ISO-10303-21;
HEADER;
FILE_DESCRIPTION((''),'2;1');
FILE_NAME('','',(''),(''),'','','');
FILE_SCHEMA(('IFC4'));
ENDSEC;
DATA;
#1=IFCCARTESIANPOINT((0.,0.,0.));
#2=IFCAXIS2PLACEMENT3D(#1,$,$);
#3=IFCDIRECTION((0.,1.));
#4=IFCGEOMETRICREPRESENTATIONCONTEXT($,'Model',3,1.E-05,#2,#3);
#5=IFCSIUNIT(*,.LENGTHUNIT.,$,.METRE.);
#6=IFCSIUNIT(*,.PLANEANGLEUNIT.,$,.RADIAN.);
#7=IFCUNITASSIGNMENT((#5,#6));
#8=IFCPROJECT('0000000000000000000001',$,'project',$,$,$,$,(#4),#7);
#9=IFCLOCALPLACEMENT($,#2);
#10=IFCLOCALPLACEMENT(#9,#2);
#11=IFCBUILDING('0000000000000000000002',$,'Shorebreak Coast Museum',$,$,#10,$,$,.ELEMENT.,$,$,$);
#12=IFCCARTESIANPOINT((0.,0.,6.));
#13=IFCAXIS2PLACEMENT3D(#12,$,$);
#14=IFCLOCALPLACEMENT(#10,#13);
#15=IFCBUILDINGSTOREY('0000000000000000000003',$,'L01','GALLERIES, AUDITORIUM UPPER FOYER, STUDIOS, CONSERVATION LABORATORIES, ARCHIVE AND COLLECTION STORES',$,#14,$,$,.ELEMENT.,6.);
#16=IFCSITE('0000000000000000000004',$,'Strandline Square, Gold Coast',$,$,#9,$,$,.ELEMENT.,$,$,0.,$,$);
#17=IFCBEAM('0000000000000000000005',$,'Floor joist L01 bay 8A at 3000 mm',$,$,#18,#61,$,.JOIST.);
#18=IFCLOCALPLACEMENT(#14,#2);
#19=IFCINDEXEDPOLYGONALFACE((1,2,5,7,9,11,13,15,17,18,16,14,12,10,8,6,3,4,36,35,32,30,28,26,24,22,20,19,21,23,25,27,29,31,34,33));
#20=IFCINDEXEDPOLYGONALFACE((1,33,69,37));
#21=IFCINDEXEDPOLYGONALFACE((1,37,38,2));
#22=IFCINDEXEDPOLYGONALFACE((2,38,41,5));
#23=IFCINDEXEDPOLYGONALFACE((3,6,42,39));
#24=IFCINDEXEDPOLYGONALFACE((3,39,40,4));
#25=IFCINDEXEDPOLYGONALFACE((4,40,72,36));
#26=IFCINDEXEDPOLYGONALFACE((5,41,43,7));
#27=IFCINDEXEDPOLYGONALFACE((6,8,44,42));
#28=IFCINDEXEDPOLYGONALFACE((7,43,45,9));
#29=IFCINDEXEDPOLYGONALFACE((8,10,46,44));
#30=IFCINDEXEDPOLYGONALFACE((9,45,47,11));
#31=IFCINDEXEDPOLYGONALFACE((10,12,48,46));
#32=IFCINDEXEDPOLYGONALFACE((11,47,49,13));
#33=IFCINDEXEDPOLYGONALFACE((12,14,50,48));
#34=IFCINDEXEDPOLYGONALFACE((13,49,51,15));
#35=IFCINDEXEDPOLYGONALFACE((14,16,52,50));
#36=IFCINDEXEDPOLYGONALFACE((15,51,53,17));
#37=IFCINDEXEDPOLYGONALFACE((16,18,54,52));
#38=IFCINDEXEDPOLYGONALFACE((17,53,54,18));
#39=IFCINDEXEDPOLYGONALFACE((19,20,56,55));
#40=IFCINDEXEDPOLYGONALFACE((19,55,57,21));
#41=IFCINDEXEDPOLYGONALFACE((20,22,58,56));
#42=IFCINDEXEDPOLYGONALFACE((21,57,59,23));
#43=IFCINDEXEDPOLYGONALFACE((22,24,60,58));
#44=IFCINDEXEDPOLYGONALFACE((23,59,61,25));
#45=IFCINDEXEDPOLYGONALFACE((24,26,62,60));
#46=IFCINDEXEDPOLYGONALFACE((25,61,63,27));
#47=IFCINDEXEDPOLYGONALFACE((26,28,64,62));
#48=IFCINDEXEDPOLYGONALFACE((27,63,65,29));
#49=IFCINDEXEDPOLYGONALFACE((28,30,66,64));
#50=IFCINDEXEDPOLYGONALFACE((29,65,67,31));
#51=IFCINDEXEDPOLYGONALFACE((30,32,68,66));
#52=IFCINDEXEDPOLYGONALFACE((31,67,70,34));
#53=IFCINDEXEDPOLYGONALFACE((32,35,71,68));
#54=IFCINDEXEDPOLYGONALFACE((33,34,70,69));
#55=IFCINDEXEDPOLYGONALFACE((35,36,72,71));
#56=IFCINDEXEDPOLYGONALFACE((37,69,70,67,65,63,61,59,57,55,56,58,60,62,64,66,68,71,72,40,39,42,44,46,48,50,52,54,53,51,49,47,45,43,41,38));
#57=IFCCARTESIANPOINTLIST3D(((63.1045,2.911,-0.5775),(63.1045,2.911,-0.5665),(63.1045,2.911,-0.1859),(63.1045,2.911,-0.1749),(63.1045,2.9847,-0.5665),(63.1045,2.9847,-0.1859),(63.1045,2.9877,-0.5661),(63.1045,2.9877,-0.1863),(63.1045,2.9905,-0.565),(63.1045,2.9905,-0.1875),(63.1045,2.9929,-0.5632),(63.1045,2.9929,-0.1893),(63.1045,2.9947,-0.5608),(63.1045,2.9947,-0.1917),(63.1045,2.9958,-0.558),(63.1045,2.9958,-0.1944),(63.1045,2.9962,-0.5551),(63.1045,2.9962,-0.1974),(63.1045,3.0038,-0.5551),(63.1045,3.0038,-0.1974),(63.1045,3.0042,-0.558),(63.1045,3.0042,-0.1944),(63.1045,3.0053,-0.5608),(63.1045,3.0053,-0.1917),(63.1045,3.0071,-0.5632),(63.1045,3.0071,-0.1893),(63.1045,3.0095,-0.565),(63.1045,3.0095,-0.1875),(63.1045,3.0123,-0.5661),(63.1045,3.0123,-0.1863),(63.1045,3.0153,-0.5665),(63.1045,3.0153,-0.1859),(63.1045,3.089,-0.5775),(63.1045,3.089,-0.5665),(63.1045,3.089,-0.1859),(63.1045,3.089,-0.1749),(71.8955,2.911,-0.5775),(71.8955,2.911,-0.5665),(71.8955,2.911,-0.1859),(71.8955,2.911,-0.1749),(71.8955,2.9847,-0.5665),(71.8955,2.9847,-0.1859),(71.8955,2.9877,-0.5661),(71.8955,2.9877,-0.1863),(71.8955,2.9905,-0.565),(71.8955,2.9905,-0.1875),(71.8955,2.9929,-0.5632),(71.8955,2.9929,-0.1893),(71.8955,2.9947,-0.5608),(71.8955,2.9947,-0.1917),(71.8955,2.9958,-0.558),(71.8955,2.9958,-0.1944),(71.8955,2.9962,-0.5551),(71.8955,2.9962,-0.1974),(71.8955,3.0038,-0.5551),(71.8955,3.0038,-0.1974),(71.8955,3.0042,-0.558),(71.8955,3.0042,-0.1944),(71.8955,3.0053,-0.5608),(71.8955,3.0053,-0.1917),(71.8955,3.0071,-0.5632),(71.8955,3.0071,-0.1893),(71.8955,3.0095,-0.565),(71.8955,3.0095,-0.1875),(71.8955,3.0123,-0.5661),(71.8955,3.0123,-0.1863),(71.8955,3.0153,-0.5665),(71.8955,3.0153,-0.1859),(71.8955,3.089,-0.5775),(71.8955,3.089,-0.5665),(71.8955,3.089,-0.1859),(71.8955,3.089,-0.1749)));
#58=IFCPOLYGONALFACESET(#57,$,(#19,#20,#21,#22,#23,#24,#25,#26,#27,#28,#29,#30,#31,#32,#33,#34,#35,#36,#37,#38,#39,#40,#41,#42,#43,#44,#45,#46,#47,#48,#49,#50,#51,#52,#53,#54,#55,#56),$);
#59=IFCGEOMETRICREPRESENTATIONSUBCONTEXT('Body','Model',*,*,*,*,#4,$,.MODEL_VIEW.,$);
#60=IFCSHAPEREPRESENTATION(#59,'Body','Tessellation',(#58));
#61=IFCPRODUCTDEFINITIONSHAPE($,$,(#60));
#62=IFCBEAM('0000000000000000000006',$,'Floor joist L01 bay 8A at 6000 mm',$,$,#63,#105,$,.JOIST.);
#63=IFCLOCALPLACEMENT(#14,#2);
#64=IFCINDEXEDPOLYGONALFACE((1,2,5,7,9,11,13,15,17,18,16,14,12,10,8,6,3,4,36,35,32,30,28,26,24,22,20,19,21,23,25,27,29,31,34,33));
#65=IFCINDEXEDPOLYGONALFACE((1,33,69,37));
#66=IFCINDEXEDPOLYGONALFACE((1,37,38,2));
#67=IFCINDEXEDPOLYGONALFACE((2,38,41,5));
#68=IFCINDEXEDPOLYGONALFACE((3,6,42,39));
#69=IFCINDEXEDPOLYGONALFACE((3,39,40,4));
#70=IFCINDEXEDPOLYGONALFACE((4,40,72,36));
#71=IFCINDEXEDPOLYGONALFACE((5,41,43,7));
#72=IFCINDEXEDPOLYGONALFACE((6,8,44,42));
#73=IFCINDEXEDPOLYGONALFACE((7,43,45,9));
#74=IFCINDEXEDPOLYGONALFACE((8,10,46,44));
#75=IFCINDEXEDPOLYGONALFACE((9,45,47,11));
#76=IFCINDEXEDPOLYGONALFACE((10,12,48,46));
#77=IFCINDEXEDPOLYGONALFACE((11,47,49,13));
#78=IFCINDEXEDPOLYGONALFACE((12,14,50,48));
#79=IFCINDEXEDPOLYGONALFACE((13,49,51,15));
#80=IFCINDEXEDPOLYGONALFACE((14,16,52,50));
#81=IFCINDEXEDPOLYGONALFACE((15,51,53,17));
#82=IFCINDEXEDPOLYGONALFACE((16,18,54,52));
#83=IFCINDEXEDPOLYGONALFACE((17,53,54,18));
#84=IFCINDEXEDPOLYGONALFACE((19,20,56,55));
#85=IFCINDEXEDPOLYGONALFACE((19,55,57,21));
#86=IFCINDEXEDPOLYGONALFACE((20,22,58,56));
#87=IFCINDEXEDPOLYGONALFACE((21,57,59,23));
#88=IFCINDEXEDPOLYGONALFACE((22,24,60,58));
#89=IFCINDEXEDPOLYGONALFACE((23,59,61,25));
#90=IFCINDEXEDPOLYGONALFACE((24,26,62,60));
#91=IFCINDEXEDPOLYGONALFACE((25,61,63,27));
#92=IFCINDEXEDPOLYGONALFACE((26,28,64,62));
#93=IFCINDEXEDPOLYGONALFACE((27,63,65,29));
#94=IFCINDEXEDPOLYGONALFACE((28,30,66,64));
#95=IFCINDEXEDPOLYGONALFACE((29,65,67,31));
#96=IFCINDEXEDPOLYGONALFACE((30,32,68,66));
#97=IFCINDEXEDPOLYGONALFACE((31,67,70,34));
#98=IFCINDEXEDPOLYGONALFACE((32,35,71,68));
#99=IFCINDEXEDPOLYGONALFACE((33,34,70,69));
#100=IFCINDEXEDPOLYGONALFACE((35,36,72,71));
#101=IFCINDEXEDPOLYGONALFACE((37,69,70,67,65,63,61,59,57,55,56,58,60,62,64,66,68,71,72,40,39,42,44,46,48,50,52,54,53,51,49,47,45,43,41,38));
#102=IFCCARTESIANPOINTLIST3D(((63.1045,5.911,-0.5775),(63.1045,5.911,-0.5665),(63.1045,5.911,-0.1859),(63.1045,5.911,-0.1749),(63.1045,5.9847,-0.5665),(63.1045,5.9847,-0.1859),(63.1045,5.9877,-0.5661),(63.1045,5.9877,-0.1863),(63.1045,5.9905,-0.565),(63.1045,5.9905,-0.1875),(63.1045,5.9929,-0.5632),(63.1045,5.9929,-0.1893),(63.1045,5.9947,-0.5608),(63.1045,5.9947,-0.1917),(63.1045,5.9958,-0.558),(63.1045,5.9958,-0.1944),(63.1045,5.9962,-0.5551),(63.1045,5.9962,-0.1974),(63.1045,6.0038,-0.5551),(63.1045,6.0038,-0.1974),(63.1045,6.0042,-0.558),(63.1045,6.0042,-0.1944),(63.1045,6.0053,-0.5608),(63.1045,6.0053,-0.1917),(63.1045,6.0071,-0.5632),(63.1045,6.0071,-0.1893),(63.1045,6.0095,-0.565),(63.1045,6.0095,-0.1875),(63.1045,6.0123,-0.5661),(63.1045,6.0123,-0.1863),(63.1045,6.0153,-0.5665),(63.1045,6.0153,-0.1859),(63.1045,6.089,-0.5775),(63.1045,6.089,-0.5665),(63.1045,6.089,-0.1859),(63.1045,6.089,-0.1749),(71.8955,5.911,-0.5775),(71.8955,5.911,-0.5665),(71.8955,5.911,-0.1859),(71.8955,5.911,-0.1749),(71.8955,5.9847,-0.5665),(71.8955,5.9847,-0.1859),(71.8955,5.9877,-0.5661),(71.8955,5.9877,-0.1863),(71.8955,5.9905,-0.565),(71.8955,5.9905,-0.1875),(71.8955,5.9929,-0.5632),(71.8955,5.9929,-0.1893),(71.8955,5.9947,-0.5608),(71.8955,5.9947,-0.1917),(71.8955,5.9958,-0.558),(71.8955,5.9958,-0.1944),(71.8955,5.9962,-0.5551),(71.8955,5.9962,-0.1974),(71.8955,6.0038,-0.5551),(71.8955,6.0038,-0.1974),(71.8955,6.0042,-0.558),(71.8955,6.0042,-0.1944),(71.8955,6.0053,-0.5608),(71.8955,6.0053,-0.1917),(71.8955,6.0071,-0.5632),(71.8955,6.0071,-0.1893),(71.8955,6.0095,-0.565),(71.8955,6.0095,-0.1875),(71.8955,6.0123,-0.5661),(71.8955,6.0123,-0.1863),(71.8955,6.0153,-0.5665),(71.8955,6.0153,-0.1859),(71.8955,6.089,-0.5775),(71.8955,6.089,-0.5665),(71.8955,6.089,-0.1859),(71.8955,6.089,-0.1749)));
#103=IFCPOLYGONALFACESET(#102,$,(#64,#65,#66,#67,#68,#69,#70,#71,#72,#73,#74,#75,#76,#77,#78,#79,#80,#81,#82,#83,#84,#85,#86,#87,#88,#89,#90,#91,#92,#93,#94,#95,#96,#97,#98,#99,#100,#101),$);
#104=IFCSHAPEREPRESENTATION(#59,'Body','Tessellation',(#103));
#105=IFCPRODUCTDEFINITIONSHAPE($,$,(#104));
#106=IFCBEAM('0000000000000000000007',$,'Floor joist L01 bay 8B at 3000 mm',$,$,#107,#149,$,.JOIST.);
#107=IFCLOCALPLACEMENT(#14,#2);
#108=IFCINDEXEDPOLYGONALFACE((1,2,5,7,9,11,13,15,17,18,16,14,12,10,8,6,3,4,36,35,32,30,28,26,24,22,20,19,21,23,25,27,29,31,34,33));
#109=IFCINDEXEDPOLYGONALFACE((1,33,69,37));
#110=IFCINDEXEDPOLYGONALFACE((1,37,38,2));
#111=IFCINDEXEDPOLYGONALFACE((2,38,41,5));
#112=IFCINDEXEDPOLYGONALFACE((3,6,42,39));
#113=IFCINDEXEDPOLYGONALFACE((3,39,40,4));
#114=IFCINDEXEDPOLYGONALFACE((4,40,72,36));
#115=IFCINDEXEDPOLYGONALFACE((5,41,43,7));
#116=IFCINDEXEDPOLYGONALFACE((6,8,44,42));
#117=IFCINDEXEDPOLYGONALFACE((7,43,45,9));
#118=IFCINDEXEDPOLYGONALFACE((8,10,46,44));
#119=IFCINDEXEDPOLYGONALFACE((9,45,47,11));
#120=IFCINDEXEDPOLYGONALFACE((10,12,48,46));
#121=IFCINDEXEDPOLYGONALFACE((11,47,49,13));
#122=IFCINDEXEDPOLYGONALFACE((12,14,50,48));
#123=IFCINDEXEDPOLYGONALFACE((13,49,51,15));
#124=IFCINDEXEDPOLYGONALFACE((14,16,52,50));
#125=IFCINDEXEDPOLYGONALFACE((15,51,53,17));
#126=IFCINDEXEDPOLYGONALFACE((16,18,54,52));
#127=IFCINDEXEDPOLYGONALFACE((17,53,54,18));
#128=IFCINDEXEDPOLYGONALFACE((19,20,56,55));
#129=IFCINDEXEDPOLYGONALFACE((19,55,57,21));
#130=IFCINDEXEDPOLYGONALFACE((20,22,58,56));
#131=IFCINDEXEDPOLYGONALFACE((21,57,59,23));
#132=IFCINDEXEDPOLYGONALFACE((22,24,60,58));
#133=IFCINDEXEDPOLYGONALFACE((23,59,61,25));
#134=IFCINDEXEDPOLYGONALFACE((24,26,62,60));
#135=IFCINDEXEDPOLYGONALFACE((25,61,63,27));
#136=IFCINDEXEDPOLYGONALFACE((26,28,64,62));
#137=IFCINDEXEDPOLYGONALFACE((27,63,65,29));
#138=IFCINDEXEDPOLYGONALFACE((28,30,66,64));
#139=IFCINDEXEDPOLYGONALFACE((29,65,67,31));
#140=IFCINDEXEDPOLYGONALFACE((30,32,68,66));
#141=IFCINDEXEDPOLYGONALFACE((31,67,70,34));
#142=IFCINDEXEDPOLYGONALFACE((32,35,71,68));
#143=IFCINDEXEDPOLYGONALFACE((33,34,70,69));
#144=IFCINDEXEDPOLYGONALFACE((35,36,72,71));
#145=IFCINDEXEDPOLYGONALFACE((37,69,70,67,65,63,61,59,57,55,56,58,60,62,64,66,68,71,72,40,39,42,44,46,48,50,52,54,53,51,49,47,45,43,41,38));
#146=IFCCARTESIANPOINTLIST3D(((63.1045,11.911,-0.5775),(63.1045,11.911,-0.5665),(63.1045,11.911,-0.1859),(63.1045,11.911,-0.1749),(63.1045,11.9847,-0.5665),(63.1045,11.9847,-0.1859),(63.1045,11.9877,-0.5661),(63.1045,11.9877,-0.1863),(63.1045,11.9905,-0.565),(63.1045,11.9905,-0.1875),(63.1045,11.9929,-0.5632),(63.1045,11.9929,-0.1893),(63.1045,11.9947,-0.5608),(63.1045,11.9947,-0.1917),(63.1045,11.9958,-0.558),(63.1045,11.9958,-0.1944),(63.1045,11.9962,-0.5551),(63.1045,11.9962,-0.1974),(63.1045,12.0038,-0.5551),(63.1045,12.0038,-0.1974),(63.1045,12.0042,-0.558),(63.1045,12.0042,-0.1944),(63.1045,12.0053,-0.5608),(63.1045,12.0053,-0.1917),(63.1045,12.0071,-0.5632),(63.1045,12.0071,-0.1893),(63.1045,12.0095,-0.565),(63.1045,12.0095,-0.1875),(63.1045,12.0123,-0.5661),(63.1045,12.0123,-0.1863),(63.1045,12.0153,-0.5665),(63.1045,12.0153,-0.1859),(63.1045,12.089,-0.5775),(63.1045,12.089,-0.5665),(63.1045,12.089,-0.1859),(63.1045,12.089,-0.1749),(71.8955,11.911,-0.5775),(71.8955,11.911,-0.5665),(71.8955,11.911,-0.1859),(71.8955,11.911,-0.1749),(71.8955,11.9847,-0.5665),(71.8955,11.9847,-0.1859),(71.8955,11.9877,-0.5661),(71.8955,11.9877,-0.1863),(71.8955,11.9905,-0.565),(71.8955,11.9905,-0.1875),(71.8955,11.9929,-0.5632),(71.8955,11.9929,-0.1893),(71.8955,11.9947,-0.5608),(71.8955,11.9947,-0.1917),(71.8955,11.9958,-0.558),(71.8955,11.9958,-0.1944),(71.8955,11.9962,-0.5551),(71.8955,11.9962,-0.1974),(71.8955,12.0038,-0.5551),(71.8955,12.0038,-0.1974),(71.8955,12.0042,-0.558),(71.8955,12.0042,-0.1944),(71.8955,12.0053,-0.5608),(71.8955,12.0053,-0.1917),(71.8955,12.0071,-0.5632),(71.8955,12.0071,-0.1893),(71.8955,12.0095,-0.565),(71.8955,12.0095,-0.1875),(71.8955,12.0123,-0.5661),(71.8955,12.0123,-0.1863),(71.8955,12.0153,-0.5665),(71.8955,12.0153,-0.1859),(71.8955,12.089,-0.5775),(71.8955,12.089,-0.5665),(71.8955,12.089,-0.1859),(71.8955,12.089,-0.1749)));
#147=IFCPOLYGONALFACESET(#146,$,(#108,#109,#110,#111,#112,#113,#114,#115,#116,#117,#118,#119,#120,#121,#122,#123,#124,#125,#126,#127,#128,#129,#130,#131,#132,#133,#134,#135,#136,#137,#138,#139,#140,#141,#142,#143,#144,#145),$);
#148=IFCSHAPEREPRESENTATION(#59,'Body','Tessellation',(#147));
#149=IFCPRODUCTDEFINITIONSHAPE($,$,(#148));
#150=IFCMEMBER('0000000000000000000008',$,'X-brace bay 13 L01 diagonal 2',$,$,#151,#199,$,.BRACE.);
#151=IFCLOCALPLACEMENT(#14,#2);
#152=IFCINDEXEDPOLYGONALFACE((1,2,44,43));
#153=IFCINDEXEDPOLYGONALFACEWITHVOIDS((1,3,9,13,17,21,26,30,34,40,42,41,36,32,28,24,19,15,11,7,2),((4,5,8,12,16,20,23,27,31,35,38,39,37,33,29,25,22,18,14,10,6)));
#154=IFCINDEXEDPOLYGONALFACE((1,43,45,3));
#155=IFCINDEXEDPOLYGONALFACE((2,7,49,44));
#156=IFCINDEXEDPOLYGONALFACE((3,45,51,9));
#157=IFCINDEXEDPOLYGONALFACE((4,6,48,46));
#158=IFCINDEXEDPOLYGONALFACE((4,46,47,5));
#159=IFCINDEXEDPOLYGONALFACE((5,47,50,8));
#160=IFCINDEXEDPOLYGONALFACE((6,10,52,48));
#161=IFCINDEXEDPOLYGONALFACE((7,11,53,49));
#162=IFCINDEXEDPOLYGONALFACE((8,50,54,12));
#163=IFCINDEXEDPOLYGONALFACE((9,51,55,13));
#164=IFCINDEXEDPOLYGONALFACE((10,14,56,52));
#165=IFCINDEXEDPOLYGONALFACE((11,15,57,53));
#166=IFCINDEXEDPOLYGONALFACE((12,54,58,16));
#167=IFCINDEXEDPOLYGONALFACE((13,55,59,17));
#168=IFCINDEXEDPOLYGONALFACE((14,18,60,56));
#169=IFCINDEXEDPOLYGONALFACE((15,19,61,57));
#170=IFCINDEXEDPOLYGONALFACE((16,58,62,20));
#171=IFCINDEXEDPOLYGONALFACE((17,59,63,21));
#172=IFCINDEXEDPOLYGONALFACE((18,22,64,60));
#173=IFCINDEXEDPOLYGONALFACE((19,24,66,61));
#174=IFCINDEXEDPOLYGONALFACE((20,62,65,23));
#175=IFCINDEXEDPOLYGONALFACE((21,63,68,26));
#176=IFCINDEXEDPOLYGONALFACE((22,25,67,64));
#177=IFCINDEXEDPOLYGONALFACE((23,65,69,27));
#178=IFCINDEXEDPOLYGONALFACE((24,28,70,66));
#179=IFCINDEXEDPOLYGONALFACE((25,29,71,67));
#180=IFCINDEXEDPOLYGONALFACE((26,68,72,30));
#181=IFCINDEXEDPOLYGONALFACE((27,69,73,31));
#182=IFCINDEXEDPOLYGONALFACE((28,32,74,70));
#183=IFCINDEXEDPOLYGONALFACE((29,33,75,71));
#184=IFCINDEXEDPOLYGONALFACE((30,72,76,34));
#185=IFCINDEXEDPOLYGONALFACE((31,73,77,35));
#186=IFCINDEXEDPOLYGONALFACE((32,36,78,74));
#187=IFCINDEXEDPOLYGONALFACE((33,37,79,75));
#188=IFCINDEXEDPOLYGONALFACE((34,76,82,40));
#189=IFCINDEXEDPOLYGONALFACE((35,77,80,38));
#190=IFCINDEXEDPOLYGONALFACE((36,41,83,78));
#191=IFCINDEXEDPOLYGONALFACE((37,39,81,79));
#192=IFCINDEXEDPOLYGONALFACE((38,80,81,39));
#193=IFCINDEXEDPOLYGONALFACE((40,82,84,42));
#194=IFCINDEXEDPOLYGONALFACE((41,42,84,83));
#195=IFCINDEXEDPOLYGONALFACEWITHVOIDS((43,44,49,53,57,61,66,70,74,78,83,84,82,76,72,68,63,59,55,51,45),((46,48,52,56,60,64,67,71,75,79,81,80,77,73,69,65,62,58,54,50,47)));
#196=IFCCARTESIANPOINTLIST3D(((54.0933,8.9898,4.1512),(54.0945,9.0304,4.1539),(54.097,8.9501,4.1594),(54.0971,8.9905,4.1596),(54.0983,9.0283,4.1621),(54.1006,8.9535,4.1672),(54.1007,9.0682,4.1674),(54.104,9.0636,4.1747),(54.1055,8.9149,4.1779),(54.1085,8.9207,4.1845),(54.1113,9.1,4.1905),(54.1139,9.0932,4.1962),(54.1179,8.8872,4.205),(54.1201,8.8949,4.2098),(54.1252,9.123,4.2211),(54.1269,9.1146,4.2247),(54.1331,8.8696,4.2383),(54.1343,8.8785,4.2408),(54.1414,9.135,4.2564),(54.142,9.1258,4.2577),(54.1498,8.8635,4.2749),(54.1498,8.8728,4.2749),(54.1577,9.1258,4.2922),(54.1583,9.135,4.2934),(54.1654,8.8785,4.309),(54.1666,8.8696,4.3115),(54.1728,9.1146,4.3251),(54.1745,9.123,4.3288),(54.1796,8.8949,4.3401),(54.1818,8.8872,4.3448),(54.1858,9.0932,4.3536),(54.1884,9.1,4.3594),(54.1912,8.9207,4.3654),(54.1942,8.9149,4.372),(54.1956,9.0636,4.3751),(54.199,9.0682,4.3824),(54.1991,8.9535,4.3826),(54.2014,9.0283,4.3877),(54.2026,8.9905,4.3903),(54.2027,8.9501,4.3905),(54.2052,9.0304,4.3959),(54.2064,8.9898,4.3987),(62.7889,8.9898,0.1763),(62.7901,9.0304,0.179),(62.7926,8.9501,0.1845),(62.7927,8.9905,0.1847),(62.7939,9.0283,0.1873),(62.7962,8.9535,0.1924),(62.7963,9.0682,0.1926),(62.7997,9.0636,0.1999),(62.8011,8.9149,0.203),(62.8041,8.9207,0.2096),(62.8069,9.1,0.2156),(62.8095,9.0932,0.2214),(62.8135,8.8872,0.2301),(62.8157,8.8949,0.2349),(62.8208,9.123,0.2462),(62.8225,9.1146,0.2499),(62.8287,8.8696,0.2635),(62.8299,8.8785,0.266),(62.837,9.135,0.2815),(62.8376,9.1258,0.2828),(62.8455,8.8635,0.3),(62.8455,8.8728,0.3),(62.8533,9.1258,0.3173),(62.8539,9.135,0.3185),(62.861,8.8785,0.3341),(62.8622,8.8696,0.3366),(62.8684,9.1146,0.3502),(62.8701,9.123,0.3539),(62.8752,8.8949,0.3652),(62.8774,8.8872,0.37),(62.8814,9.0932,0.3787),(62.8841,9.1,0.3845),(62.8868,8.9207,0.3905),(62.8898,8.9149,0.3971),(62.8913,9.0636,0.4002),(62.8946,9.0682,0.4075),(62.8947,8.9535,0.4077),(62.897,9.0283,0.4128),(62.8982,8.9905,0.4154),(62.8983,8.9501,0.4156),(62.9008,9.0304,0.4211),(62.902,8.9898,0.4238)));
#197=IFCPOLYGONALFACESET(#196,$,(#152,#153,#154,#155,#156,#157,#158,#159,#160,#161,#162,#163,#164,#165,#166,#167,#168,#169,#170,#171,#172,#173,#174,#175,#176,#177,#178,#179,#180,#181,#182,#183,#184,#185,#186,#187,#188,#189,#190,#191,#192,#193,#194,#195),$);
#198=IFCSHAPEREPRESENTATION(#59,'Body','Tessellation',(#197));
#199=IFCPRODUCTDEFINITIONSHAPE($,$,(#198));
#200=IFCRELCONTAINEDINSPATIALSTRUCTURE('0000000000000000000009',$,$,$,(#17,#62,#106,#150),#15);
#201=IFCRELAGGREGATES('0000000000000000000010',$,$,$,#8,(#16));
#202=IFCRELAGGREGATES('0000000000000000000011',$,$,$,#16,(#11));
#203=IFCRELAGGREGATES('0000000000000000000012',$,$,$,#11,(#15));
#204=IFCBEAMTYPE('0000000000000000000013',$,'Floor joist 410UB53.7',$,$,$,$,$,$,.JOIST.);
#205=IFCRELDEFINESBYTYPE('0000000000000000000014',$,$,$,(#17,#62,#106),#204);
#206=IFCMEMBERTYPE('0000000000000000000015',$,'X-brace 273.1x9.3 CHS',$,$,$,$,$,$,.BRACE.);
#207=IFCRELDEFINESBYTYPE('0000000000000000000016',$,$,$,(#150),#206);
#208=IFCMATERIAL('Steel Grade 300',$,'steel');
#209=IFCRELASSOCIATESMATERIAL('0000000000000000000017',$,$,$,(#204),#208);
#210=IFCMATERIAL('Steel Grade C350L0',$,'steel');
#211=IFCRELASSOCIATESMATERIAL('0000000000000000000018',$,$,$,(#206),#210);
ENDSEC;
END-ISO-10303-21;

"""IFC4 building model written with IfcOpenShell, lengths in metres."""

from ifc_helpers import new_model, si_unit, direction, frame, origin, origin_2d, place, context, subcontext, project, spatial, hollow_circle, i_section, extrude, material, material_profile, profile_set, type_object, element, save


model = new_model("IFC4")

# Units and contexts
model_context = context("Model", 3, precision=1e-05, world=origin(), true_north=direction((0.0, 1.0)))
body_context = subcontext(model_context, "Body", "Model", "MODEL_VIEW")
ifc_project = project(units=[si_unit("LENGTHUNIT", "METRE"), si_unit("PLANEANGLEUNIT", "RADIAN")], contexts=[model_context])

# Site, building, storey
site_placement = place(None, origin())
site = spatial("IfcSite", under=ifc_project, at=site_placement, Name="Strandline Square, Gold Coast", CompositionType="ELEMENT", RefElevation=0.0)
building_placement = place(site_placement, origin())
building = spatial("IfcBuilding", under=site, at=building_placement, Name="Shorebreak Coast Museum", CompositionType="ELEMENT")
storey_placement = place(building_placement, frame((0.0, 0.0, 6.0)))
storey = spatial("IfcBuildingStorey", under=building, at=storey_placement, Name="L01", Description="GALLERIES, AUDITORIUM UPPER FOYER, STUDIOS, CONSERVATION LABORATORIES, ARCHIVE AND COLLECTION STORES", CompositionType="ELEMENT", Elevation=6.0)

# Beams
ifc_material_1 = material(Name="Steel Grade 300", Category="steel")
ifc_material_profile_1 = material_profile(ifc_material_1, i_section(OverallWidth=0.178, OverallDepth=0.4026, WebThickness=0.0076, FlangeThickness=0.011, FilletRadius=0.0115, at=origin_2d()), Name="410UB53.7")
ifc_profile_set_1 = profile_set([ifc_material_profile_1], Name="Steel Grade 300")
beam_type_1 = type_object("IfcBeamType", Name="Floor joist 410UB53.7", PredefinedType="JOIST", material=ifc_profile_set_1)
for number, where, z_axis, x_axis, name in (
    (1, (63.1045, 3.0, -0.3762), (1.0, 0.0, 0.0), (0.0, 1.0, 0.0), "Floor joist L01 bay 8A at 3000 mm"),
    (2, (63.1045, 6.0, -0.3762), (1.0, 0.0, 0.0), (0.0, 1.0, 0.0), "Floor joist L01 bay 8A at 6000 mm"),
    (3, (63.1045, 12.0, -0.3762), (1.0, 0.0, 0.0), (0.0, 1.0, 0.0), "Floor joist L01 bay 8B at 3000 mm"),
):
    element("IfcBeam", number, at=place(storey_placement, frame(where, z_axis=z_axis, x_axis=x_axis)), inside=storey, type_object=beam_type_1, Name=name, PredefinedType="JOIST", context=body_context, shape_type="SweptSolid", body=[
        extrude(i_section(OverallWidth=0.178, OverallDepth=0.4026, WebThickness=0.0076, FlangeThickness=0.011, FilletRadius=0.0115, at=origin_2d()), origin(), (0.0, 0.0, 1.0), 8.791),
    ])

# Member
ifc_material_2 = material(Name="Steel Grade C350L0", Category="steel")
ifc_material_profile_2 = material_profile(ifc_material_2, hollow_circle(Radius=0.1365, WallThickness=0.0093, at=origin_2d()), Name="273.1x9.3 CHS")
ifc_profile_set_2 = profile_set([ifc_material_profile_2], Name="Steel Grade C350L0")
member_type = type_object("IfcMemberType", Name="X-brace 273.1x9.3 CHS", PredefinedType="BRACE", material=ifc_profile_set_2)
member_placement = place(storey_placement, frame((62.8455, 9.0, 0.3), z_axis=(-0.909485, 0.0, 0.415737), x_axis=(0.0, -1.0, 0.0)))
element("IfcMember", 4, at=member_placement, inside=storey, type_object=member_type, Name="X-brace bay 13 L01 diagonal 2", PredefinedType="BRACE", context=body_context, shape_type="SweptSolid", body=[
    extrude(hollow_circle(Radius=0.1365, WallThickness=0.0093, at=origin_2d()), origin(), (0.0, 0.0, 1.0), 9.561),
])

save(model, "model.ifc")
